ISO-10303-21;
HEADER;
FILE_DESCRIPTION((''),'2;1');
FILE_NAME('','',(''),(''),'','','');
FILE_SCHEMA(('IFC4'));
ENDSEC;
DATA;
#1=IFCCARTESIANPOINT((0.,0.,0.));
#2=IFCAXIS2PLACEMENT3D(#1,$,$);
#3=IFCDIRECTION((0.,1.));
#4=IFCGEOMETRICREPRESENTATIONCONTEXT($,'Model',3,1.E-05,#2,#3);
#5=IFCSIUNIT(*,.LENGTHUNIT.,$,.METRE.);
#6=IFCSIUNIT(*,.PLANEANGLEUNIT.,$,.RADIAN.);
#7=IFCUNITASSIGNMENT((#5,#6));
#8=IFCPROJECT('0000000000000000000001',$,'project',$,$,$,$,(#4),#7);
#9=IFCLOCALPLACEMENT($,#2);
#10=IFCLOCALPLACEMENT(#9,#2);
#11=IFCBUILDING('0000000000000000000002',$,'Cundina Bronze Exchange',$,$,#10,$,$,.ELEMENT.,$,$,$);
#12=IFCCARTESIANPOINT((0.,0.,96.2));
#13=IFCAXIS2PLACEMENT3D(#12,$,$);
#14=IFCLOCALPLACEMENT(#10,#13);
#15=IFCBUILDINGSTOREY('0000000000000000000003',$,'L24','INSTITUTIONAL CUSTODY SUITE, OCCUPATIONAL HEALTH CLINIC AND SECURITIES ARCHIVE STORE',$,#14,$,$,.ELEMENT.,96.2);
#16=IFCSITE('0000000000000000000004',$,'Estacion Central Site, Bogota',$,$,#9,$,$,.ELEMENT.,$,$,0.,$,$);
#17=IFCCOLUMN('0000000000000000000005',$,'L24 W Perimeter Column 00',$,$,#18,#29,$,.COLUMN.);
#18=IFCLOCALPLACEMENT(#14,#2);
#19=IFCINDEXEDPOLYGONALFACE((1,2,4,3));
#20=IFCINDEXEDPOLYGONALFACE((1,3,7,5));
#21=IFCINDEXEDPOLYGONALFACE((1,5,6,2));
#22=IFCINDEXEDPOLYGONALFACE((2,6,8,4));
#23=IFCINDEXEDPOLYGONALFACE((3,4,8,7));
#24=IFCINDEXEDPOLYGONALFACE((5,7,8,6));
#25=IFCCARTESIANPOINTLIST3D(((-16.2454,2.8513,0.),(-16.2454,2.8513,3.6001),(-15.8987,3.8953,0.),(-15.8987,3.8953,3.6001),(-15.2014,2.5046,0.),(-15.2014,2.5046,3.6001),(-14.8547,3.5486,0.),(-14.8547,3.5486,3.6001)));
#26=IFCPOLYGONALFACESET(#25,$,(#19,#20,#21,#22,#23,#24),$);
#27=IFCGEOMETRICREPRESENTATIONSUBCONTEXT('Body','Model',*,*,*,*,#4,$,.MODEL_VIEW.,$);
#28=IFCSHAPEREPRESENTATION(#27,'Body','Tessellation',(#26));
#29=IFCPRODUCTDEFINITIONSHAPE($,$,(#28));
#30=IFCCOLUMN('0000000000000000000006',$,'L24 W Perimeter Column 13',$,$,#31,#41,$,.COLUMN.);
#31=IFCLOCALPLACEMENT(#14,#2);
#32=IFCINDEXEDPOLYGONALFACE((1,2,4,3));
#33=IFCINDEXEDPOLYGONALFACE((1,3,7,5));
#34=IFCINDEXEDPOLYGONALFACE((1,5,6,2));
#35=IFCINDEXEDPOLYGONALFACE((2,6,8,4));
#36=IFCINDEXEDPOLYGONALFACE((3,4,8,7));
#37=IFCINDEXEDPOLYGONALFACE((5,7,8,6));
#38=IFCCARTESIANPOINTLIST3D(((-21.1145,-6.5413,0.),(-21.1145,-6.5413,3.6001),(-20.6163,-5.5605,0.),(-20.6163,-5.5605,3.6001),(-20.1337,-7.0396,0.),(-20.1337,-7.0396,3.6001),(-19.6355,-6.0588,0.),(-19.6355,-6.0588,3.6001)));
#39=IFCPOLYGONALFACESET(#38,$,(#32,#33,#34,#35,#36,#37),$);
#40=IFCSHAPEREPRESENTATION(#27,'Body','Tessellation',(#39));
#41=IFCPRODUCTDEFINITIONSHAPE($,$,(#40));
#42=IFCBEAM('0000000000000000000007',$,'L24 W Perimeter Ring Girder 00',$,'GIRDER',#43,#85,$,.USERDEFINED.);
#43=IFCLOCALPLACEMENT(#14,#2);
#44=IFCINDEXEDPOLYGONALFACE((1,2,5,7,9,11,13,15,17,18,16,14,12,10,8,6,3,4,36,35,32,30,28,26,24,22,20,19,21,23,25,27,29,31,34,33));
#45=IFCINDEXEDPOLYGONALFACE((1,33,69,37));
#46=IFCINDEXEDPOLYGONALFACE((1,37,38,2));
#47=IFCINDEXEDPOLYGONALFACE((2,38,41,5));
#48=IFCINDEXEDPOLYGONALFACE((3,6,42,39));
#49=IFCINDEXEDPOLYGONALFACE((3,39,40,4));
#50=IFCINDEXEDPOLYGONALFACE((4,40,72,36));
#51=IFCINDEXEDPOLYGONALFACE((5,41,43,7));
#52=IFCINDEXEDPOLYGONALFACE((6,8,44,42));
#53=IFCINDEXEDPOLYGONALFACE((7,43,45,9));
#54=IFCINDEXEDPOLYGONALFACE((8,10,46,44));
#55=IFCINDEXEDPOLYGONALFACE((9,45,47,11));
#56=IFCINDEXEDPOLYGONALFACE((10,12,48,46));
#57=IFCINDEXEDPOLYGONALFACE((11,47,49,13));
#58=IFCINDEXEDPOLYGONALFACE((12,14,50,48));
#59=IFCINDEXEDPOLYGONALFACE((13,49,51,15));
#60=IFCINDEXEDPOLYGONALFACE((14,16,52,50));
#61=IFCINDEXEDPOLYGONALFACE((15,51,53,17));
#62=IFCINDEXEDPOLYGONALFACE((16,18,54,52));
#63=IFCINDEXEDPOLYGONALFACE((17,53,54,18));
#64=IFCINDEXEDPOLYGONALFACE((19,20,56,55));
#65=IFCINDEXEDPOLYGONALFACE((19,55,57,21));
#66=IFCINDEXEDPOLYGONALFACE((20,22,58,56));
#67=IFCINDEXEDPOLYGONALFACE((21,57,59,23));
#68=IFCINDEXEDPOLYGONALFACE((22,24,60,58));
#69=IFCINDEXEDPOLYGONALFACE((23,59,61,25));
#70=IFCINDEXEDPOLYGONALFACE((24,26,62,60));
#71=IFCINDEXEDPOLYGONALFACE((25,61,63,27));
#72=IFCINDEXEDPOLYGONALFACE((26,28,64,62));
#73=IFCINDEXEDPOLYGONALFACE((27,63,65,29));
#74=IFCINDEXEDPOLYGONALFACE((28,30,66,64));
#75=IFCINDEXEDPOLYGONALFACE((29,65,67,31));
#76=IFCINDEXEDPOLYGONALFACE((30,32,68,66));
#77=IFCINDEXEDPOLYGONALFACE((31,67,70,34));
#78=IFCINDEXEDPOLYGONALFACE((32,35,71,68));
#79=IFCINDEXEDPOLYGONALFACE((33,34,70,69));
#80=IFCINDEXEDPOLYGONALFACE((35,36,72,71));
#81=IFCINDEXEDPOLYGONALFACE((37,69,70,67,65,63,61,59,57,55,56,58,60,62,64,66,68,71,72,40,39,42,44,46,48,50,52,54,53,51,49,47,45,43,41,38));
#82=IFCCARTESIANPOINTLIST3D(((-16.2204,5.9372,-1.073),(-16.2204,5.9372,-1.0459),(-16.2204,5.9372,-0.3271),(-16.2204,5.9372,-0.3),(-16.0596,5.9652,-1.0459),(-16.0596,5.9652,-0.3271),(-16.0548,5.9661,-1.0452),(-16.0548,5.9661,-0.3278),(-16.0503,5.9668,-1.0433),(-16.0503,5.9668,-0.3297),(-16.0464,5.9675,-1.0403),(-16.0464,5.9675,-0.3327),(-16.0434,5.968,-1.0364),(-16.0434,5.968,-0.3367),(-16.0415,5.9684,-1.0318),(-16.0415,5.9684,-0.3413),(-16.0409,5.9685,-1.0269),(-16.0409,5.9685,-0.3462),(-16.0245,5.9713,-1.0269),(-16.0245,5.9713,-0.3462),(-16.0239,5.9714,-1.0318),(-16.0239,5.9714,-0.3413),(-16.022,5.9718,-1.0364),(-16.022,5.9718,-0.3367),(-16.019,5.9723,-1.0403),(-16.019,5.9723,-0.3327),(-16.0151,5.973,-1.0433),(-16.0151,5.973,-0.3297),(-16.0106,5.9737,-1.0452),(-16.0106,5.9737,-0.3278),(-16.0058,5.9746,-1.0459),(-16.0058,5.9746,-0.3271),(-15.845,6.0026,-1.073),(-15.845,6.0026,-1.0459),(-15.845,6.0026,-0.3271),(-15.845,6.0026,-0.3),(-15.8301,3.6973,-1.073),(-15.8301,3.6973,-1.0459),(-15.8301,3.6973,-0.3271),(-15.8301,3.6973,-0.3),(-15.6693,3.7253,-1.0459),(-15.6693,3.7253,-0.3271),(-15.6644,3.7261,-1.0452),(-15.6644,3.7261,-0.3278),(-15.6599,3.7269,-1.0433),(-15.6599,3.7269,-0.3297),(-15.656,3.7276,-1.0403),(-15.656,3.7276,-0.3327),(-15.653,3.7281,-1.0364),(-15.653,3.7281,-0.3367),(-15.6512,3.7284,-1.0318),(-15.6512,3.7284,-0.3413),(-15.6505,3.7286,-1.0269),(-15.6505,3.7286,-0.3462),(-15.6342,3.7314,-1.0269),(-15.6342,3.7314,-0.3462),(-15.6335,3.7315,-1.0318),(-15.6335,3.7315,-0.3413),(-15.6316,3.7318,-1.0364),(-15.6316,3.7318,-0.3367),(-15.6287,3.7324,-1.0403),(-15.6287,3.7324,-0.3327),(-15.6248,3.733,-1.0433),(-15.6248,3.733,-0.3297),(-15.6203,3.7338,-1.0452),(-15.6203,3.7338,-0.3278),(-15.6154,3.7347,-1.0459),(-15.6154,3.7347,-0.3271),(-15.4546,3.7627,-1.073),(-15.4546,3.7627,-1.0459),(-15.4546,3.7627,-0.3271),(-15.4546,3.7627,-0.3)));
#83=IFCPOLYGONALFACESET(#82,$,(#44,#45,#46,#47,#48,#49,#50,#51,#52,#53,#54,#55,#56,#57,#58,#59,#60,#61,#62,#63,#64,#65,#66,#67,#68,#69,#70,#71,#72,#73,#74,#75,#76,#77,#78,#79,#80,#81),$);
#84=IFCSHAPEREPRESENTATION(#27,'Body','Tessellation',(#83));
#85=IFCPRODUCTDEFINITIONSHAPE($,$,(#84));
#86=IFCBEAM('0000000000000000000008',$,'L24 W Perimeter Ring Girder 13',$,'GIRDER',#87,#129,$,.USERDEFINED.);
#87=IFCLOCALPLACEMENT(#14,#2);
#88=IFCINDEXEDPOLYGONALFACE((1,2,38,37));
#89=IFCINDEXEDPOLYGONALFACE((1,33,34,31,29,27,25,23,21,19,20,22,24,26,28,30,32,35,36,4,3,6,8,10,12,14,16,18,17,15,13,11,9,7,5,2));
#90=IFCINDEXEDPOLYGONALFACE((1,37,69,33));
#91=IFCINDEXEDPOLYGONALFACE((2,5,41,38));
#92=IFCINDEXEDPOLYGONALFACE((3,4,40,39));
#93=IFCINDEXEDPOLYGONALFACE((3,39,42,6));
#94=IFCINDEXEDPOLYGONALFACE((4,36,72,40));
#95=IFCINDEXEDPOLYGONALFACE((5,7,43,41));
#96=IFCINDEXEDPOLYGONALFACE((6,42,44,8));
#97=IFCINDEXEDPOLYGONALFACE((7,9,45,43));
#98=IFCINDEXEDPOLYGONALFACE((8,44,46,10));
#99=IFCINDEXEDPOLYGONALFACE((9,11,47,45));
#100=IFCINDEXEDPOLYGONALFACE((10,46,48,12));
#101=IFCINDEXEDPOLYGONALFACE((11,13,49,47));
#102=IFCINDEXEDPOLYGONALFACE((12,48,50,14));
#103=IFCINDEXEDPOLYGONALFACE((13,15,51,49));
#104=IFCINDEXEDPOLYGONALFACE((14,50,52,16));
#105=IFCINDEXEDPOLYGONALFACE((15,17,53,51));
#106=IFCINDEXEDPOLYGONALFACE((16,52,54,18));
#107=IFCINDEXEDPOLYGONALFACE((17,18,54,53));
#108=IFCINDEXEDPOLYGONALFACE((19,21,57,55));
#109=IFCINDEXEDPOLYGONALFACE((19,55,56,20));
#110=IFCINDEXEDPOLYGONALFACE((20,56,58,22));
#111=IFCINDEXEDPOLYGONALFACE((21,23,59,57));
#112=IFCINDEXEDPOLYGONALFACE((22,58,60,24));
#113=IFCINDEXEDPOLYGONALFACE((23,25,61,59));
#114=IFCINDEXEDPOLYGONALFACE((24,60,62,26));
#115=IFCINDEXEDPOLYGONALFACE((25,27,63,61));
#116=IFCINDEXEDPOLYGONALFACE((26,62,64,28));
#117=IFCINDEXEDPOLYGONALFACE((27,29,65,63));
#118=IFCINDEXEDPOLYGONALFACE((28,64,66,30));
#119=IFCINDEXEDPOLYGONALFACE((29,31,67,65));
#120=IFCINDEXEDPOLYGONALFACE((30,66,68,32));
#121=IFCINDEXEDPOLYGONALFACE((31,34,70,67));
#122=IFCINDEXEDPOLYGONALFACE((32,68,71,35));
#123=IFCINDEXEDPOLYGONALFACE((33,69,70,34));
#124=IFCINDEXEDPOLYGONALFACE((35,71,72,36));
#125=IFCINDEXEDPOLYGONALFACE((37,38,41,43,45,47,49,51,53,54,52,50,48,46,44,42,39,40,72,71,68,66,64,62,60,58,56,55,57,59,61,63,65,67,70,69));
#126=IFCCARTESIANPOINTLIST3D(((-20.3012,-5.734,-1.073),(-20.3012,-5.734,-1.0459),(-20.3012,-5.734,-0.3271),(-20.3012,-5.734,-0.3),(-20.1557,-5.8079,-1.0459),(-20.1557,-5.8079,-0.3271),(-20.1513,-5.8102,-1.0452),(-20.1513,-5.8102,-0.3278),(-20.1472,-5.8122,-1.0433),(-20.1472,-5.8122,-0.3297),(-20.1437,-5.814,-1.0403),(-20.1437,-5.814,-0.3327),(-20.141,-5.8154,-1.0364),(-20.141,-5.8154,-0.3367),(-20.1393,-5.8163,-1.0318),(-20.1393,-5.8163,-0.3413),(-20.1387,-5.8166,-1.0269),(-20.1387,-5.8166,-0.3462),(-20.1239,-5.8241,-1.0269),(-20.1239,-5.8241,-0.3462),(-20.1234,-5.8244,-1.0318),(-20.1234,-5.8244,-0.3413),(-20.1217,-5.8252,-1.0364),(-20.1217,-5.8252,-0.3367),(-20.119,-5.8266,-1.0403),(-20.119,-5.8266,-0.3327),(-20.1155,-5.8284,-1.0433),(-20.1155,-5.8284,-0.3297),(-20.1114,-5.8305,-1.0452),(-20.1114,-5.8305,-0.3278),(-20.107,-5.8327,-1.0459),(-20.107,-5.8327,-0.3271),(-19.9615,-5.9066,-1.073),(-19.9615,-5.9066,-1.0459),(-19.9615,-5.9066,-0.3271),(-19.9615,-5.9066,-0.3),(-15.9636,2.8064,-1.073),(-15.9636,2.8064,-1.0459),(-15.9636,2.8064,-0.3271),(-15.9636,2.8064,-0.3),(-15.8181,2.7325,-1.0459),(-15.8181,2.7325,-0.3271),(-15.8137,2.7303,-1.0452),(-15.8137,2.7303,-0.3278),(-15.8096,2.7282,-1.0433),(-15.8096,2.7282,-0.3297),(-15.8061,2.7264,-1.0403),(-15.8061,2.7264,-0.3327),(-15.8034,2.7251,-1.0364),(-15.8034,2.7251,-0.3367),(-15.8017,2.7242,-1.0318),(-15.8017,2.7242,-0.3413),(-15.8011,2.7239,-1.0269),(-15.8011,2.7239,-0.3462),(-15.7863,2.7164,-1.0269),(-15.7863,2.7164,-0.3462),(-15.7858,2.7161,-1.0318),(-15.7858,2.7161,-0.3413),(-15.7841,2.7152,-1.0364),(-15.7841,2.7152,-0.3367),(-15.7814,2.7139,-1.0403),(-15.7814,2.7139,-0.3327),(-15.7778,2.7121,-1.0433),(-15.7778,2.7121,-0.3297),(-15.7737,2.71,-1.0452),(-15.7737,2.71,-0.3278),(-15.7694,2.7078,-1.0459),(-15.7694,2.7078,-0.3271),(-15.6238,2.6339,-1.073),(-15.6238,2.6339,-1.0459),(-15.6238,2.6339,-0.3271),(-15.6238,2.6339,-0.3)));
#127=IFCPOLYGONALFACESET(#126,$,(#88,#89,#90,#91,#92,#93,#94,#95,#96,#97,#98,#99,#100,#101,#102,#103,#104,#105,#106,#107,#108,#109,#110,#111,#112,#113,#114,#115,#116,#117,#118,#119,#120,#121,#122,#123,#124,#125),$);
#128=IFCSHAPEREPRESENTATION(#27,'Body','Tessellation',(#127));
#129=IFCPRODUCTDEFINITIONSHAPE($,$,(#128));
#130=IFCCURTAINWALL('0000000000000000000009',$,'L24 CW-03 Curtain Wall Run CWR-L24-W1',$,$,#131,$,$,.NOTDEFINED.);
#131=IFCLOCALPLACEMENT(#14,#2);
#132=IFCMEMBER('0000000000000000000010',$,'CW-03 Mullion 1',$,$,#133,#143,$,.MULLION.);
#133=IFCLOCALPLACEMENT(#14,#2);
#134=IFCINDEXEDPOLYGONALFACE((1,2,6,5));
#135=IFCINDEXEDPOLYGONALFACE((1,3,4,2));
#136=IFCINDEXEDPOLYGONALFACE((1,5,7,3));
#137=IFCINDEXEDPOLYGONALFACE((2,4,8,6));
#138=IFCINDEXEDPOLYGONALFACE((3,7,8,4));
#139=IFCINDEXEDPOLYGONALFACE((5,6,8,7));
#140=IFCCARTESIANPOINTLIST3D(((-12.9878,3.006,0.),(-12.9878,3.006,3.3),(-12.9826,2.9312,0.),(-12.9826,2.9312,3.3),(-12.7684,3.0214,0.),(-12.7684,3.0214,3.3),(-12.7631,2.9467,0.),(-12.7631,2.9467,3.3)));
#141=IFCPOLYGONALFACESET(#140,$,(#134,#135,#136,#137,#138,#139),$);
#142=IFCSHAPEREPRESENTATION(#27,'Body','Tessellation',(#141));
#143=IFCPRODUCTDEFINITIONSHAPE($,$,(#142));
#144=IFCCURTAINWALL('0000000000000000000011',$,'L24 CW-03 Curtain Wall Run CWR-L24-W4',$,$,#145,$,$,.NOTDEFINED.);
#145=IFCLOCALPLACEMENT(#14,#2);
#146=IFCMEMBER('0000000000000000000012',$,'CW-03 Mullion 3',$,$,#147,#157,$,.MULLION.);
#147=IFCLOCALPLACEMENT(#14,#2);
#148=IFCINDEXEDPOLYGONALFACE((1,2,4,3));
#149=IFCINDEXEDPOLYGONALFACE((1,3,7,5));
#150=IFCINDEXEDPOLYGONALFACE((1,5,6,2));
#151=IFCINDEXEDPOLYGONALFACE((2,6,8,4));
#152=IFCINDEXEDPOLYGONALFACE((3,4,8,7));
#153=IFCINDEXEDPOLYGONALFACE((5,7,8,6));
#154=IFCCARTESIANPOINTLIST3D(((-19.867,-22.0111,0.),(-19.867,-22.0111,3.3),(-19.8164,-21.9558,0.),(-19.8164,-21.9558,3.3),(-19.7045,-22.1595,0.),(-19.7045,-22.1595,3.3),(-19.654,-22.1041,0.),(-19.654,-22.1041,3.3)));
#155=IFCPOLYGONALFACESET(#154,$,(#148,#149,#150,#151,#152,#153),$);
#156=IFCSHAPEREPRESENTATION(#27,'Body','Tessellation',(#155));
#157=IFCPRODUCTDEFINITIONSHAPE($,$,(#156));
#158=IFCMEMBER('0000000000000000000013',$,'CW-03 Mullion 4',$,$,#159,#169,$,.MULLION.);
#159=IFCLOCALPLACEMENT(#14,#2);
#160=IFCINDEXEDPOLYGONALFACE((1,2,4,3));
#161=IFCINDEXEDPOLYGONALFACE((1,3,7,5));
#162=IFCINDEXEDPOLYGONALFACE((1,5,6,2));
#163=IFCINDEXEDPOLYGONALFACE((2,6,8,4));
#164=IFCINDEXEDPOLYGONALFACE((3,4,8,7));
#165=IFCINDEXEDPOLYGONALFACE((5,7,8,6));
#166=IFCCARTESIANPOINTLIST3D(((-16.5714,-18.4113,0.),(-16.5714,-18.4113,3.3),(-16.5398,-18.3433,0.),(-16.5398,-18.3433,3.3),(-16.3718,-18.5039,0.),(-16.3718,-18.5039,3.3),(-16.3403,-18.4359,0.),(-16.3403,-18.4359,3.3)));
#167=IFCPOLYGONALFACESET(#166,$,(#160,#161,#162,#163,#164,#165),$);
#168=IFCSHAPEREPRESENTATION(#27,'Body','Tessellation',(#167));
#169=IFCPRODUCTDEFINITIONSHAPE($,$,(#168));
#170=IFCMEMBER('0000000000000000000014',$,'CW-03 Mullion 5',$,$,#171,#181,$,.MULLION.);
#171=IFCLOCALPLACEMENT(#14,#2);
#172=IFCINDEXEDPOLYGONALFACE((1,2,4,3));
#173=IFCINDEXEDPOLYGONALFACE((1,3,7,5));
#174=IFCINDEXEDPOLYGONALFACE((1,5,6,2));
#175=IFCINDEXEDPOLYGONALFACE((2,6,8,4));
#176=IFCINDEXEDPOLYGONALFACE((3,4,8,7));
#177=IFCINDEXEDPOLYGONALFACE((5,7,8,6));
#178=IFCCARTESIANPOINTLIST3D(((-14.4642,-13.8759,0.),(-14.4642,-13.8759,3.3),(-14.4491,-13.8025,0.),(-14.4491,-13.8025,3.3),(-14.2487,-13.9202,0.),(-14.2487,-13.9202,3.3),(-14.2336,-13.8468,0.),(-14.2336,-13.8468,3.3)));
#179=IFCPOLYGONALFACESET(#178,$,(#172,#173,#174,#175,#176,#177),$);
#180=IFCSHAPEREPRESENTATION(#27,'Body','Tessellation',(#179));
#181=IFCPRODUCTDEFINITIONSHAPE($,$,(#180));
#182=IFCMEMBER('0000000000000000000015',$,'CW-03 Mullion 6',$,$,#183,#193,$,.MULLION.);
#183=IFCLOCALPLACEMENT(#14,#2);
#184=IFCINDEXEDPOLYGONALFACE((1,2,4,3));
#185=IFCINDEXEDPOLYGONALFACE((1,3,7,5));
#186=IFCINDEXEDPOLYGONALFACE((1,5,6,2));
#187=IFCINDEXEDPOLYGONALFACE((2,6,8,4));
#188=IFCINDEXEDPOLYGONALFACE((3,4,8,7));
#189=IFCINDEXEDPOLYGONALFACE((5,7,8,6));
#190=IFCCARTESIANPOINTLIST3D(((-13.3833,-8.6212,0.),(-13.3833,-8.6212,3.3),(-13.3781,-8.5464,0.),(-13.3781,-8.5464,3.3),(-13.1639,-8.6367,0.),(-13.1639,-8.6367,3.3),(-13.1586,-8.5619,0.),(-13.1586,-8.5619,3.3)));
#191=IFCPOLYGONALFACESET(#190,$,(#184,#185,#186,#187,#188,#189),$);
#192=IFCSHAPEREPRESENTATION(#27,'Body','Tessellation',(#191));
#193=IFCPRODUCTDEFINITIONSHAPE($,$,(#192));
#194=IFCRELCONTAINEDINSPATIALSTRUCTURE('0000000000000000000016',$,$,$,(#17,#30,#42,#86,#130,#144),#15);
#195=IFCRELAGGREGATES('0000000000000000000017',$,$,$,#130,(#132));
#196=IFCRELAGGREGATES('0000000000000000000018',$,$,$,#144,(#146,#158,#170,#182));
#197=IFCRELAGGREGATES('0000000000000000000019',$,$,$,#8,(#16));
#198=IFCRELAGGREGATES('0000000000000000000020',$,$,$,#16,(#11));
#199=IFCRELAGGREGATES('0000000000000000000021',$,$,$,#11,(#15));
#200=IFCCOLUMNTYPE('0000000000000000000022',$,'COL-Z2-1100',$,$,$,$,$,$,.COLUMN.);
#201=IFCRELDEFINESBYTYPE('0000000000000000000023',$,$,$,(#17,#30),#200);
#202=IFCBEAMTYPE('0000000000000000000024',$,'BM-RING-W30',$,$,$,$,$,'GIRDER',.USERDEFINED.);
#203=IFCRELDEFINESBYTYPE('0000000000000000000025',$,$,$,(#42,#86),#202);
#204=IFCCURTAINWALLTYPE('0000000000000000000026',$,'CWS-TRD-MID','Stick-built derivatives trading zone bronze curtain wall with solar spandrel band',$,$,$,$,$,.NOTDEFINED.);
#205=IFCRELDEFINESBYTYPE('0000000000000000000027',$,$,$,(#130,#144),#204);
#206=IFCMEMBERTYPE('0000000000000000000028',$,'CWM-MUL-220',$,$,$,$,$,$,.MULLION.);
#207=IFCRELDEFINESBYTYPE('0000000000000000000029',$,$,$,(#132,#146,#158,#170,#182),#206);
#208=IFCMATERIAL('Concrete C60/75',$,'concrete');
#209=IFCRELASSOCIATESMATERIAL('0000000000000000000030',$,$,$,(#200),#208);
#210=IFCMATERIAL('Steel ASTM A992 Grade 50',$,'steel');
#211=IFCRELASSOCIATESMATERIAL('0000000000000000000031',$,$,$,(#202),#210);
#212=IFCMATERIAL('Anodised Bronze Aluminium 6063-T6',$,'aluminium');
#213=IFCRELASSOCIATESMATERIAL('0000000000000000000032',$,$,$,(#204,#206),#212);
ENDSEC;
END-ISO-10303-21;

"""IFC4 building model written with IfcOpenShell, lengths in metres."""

from ifc_helpers import new_model, si_unit, direction, frame, origin, origin_2d, place, context, subcontext, project, spatial, rectangle, i_section, extrude, material, material_profile, profile_set, type_object, element, aggregate, save


model = new_model("IFC4")

# Units and contexts
model_context = context("Model", 3, precision=1e-05, world=origin(), true_north=direction((0.0, 1.0)))
body_context = subcontext(model_context, "Body", "Model", "MODEL_VIEW")
ifc_project = project(units=[si_unit("LENGTHUNIT", "METRE"), si_unit("PLANEANGLEUNIT", "RADIAN")], contexts=[model_context])

# Site, building, storey
site_placement = place(None, origin())
site = spatial("IfcSite", under=ifc_project, at=site_placement, Name="Estacion Central Site, Bogota", CompositionType="ELEMENT", RefElevation=0.0)
building_placement = place(site_placement, origin())
building = spatial("IfcBuilding", under=site, at=building_placement, Name="Cundina Bronze Exchange", CompositionType="ELEMENT")
storey_placement = place(building_placement, frame((0.0, 0.0, 96.2)))
storey = spatial("IfcBuildingStorey", under=building, at=storey_placement, Name="L24", Description="INSTITUTIONAL CUSTODY SUITE, OCCUPATIONAL HEALTH CLINIC AND SECURITIES ARCHIVE STORE", CompositionType="ELEMENT", Elevation=96.2)

# Columns
ifc_material_1 = material(Name="Concrete C60/75", Category="concrete")
ifc_material_profile_1 = material_profile(ifc_material_1, rectangle(XDim=1.1001, YDim=1.1001, at=origin_2d()), Name="RC1100X1100", Category="concrete")
ifc_profile_set_1 = profile_set([ifc_material_profile_1], Name="Concrete C60/75")
column_type = type_object("IfcColumnType", Name="COL-Z2-1100", PredefinedType="COLUMN", material=ifc_profile_set_1)
for number, where, z_axis, x_axis, name in (
    (1, (-15.55, 3.2, 0.0), (0.0, 0.0, 1.0), (0.315152, 0.949041, 0.0), "L24 W Perimeter Column 00"),
    (2, (-20.375, -6.3, 0.0), (0.0, 0.0, 1.0), (0.452902, 0.891561, 0.0), "L24 W Perimeter Column 13"),
):
    element("IfcColumn", number, at=place(storey_placement, frame(where, z_axis=z_axis, x_axis=x_axis)), inside=storey, type_object=column_type, Name=name, PredefinedType="COLUMN", context=body_context, shape_type="SweptSolid", body=[
        extrude(rectangle(XDim=1.1001, YDim=1.1001, at=origin_2d()), origin(), (0.0, 0.0, 1.0), 3.6001),
    ])

# Beams
ifc_material_2 = material(Name="Steel ASTM A992 Grade 50", Category="steel")
ifc_material_profile_2 = material_profile(ifc_material_2, i_section(OverallWidth=0.3811, OverallDepth=0.7729, WebThickness=0.0166, FlangeThickness=0.0271, FilletRadius=0.019, at=origin_2d()), Name="W30X173", Category="steel")
ifc_profile_set_2 = profile_set([ifc_material_profile_2], Name="Steel ASTM A992 Grade 50")
beam_type = type_object("IfcBeamType", Name="BM-RING-W30", ElementType="GIRDER", PredefinedType="USERDEFINED", material=ifc_profile_set_2)
beam_1_placement = place(storey_placement, frame((-15.6423, 3.73, -0.6865), z_axis=(-0.17169, 0.985151, 0.0), x_axis=(-0.985151, -0.17169, 0.0)))
element("IfcBeam", 3, at=beam_1_placement, inside=storey, type_object=beam_type, Name="L24 W Perimeter Ring Girder 00", ObjectType="GIRDER", PredefinedType="USERDEFINED", context=body_context, shape_type="SweptSolid", body=[
    extrude(i_section(OverallWidth=0.3811, OverallDepth=0.7729, WebThickness=0.0166, FlangeThickness=0.0271, FilletRadius=0.019, at=origin_2d()), origin(), (0.0, 0.0, 1.0), 2.2737),
])
beam_2_placement = place(storey_placement, frame((-20.1313, -5.8203, -0.6865), z_axis=(0.452832, 0.891596, 0.0), x_axis=(-0.891596, 0.452832, 0.0)))
element("IfcBeam", 4, at=beam_2_placement, inside=storey, type_object=beam_type, Name="L24 W Perimeter Ring Girder 13", ObjectType="GIRDER", PredefinedType="USERDEFINED", context=body_context, shape_type="SweptSolid", body=[
    extrude(i_section(OverallWidth=0.3811, OverallDepth=0.7729, WebThickness=0.0166, FlangeThickness=0.0271, FilletRadius=0.019, at=origin_2d()), origin(), (0.0, 0.0, 1.0), 9.5789),
])

# Curtain wall, member
ifc_material_3 = material(Name="Anodised Bronze Aluminium 6063-T6", Category="aluminium")
curtain_wall_type = type_object("IfcCurtainWallType", Name="CWS-TRD-MID", Description="Stick-built derivatives trading zone bronze curtain wall with solar spandrel band", PredefinedType="NOTDEFINED", material=ifc_material_3)
curtain_wall_1_placement = place(storey_placement, origin())
curtain_wall_1 = element("IfcCurtainWall", 5, at=curtain_wall_1_placement, inside=storey, type_object=curtain_wall_type, Name="L24 CW-03 Curtain Wall Run CWR-L24-W1", PredefinedType="NOTDEFINED")
ifc_material_profile_3 = material_profile(ifc_material_3, rectangle(XDim=0.075, YDim=0.22, at=origin_2d()), Name="AL75X220", Category="aluminium")
ifc_profile_set_3 = profile_set([ifc_material_profile_3], Name="Anodised Bronze Aluminium 6063-T6")
member_type_1 = type_object("IfcMemberType", Name="CWM-MUL-220", PredefinedType="MULLION", material=ifc_profile_set_3)
member_1_placement = place(storey_placement, frame((-12.8755, 2.9763, 0.0), z_axis=(0.0, 0.0, 1.0), x_axis=(-0.070279, 0.997527, 0.0)))
member_1 = element("IfcMember", 6, at=member_1_placement, type_object=member_type_1, Name="CW-03 Mullion 1", PredefinedType="MULLION", context=body_context, shape_type="SweptSolid", body=[
    extrude(rectangle(XDim=0.075, YDim=0.22, at=origin_2d()), origin(), (0.0, 0.0, 1.0), 3.3),
])

# Curtain wall, members
curtain_wall_2_placement = place(storey_placement, origin())
curtain_wall_2 = element("IfcCurtainWall", 7, at=curtain_wall_2_placement, inside=storey, type_object=curtain_wall_type, Name="L24 CW-03 Curtain Wall Run CWR-L24-W4", PredefinedType="NOTDEFINED")
member_2_placement = place(storey_placement, frame((-19.7605, -22.0576, 0.0), z_axis=(0.0, 0.0, 1.0), x_axis=(0.674302, 0.738455, 0.0)))
member_2 = element("IfcMember", 8, at=member_2_placement, type_object=member_type_1, Name="CW-03 Mullion 3", PredefinedType="MULLION", context=body_context, shape_type="SweptSolid", body=[
    extrude(rectangle(XDim=0.075, YDim=0.22, at=origin_2d()), origin(), (0.0, 0.0, 1.0), 3.3),
])
member_3_placement = place(storey_placement, frame((-16.4558, -18.4236, 0.0), z_axis=(0.0, 0.0, 1.0), x_axis=(0.420877, 0.907117, 0.0)))
member_3 = element("IfcMember", 9, at=member_3_placement, type_object=member_type_1, Name="CW-03 Mullion 4", PredefinedType="MULLION", context=body_context, shape_type="SweptSolid", body=[
    extrude(rectangle(XDim=0.075, YDim=0.22, at=origin_2d()), origin(), (0.0, 0.0, 1.0), 3.3),
])
member_4_placement = place(storey_placement, frame((-14.3489, -13.8613, 0.0), z_axis=(0.0, 0.0, 1.0), x_axis=(0.20142, 0.979505, 0.0)))
member_4 = element("IfcMember", 10, at=member_4_placement, type_object=member_type_1, Name="CW-03 Mullion 5", PredefinedType="MULLION", context=body_context, shape_type="SweptSolid", body=[
    extrude(rectangle(XDim=0.075, YDim=0.22, at=origin_2d()), origin(), (0.0, 0.0, 1.0), 3.3),
])
member_5_placement = place(storey_placement, frame((-13.271, -8.5916, 0.0), z_axis=(0.0, 0.0, 1.0), x_axis=(0.070279, 0.997527, 0.0)))
member_5 = element("IfcMember", 11, at=member_5_placement, type_object=member_type_1, Name="CW-03 Mullion 6", PredefinedType="MULLION", context=body_context, shape_type="SweptSolid", body=[
    extrude(rectangle(XDim=0.075, YDim=0.22, at=origin_2d()), origin(), (0.0, 0.0, 1.0), 3.3),
])

aggregate(curtain_wall_1, [member_1])

aggregate(curtain_wall_2, [member_2, member_3, member_4, member_5])

save(model, "model.ifc")
